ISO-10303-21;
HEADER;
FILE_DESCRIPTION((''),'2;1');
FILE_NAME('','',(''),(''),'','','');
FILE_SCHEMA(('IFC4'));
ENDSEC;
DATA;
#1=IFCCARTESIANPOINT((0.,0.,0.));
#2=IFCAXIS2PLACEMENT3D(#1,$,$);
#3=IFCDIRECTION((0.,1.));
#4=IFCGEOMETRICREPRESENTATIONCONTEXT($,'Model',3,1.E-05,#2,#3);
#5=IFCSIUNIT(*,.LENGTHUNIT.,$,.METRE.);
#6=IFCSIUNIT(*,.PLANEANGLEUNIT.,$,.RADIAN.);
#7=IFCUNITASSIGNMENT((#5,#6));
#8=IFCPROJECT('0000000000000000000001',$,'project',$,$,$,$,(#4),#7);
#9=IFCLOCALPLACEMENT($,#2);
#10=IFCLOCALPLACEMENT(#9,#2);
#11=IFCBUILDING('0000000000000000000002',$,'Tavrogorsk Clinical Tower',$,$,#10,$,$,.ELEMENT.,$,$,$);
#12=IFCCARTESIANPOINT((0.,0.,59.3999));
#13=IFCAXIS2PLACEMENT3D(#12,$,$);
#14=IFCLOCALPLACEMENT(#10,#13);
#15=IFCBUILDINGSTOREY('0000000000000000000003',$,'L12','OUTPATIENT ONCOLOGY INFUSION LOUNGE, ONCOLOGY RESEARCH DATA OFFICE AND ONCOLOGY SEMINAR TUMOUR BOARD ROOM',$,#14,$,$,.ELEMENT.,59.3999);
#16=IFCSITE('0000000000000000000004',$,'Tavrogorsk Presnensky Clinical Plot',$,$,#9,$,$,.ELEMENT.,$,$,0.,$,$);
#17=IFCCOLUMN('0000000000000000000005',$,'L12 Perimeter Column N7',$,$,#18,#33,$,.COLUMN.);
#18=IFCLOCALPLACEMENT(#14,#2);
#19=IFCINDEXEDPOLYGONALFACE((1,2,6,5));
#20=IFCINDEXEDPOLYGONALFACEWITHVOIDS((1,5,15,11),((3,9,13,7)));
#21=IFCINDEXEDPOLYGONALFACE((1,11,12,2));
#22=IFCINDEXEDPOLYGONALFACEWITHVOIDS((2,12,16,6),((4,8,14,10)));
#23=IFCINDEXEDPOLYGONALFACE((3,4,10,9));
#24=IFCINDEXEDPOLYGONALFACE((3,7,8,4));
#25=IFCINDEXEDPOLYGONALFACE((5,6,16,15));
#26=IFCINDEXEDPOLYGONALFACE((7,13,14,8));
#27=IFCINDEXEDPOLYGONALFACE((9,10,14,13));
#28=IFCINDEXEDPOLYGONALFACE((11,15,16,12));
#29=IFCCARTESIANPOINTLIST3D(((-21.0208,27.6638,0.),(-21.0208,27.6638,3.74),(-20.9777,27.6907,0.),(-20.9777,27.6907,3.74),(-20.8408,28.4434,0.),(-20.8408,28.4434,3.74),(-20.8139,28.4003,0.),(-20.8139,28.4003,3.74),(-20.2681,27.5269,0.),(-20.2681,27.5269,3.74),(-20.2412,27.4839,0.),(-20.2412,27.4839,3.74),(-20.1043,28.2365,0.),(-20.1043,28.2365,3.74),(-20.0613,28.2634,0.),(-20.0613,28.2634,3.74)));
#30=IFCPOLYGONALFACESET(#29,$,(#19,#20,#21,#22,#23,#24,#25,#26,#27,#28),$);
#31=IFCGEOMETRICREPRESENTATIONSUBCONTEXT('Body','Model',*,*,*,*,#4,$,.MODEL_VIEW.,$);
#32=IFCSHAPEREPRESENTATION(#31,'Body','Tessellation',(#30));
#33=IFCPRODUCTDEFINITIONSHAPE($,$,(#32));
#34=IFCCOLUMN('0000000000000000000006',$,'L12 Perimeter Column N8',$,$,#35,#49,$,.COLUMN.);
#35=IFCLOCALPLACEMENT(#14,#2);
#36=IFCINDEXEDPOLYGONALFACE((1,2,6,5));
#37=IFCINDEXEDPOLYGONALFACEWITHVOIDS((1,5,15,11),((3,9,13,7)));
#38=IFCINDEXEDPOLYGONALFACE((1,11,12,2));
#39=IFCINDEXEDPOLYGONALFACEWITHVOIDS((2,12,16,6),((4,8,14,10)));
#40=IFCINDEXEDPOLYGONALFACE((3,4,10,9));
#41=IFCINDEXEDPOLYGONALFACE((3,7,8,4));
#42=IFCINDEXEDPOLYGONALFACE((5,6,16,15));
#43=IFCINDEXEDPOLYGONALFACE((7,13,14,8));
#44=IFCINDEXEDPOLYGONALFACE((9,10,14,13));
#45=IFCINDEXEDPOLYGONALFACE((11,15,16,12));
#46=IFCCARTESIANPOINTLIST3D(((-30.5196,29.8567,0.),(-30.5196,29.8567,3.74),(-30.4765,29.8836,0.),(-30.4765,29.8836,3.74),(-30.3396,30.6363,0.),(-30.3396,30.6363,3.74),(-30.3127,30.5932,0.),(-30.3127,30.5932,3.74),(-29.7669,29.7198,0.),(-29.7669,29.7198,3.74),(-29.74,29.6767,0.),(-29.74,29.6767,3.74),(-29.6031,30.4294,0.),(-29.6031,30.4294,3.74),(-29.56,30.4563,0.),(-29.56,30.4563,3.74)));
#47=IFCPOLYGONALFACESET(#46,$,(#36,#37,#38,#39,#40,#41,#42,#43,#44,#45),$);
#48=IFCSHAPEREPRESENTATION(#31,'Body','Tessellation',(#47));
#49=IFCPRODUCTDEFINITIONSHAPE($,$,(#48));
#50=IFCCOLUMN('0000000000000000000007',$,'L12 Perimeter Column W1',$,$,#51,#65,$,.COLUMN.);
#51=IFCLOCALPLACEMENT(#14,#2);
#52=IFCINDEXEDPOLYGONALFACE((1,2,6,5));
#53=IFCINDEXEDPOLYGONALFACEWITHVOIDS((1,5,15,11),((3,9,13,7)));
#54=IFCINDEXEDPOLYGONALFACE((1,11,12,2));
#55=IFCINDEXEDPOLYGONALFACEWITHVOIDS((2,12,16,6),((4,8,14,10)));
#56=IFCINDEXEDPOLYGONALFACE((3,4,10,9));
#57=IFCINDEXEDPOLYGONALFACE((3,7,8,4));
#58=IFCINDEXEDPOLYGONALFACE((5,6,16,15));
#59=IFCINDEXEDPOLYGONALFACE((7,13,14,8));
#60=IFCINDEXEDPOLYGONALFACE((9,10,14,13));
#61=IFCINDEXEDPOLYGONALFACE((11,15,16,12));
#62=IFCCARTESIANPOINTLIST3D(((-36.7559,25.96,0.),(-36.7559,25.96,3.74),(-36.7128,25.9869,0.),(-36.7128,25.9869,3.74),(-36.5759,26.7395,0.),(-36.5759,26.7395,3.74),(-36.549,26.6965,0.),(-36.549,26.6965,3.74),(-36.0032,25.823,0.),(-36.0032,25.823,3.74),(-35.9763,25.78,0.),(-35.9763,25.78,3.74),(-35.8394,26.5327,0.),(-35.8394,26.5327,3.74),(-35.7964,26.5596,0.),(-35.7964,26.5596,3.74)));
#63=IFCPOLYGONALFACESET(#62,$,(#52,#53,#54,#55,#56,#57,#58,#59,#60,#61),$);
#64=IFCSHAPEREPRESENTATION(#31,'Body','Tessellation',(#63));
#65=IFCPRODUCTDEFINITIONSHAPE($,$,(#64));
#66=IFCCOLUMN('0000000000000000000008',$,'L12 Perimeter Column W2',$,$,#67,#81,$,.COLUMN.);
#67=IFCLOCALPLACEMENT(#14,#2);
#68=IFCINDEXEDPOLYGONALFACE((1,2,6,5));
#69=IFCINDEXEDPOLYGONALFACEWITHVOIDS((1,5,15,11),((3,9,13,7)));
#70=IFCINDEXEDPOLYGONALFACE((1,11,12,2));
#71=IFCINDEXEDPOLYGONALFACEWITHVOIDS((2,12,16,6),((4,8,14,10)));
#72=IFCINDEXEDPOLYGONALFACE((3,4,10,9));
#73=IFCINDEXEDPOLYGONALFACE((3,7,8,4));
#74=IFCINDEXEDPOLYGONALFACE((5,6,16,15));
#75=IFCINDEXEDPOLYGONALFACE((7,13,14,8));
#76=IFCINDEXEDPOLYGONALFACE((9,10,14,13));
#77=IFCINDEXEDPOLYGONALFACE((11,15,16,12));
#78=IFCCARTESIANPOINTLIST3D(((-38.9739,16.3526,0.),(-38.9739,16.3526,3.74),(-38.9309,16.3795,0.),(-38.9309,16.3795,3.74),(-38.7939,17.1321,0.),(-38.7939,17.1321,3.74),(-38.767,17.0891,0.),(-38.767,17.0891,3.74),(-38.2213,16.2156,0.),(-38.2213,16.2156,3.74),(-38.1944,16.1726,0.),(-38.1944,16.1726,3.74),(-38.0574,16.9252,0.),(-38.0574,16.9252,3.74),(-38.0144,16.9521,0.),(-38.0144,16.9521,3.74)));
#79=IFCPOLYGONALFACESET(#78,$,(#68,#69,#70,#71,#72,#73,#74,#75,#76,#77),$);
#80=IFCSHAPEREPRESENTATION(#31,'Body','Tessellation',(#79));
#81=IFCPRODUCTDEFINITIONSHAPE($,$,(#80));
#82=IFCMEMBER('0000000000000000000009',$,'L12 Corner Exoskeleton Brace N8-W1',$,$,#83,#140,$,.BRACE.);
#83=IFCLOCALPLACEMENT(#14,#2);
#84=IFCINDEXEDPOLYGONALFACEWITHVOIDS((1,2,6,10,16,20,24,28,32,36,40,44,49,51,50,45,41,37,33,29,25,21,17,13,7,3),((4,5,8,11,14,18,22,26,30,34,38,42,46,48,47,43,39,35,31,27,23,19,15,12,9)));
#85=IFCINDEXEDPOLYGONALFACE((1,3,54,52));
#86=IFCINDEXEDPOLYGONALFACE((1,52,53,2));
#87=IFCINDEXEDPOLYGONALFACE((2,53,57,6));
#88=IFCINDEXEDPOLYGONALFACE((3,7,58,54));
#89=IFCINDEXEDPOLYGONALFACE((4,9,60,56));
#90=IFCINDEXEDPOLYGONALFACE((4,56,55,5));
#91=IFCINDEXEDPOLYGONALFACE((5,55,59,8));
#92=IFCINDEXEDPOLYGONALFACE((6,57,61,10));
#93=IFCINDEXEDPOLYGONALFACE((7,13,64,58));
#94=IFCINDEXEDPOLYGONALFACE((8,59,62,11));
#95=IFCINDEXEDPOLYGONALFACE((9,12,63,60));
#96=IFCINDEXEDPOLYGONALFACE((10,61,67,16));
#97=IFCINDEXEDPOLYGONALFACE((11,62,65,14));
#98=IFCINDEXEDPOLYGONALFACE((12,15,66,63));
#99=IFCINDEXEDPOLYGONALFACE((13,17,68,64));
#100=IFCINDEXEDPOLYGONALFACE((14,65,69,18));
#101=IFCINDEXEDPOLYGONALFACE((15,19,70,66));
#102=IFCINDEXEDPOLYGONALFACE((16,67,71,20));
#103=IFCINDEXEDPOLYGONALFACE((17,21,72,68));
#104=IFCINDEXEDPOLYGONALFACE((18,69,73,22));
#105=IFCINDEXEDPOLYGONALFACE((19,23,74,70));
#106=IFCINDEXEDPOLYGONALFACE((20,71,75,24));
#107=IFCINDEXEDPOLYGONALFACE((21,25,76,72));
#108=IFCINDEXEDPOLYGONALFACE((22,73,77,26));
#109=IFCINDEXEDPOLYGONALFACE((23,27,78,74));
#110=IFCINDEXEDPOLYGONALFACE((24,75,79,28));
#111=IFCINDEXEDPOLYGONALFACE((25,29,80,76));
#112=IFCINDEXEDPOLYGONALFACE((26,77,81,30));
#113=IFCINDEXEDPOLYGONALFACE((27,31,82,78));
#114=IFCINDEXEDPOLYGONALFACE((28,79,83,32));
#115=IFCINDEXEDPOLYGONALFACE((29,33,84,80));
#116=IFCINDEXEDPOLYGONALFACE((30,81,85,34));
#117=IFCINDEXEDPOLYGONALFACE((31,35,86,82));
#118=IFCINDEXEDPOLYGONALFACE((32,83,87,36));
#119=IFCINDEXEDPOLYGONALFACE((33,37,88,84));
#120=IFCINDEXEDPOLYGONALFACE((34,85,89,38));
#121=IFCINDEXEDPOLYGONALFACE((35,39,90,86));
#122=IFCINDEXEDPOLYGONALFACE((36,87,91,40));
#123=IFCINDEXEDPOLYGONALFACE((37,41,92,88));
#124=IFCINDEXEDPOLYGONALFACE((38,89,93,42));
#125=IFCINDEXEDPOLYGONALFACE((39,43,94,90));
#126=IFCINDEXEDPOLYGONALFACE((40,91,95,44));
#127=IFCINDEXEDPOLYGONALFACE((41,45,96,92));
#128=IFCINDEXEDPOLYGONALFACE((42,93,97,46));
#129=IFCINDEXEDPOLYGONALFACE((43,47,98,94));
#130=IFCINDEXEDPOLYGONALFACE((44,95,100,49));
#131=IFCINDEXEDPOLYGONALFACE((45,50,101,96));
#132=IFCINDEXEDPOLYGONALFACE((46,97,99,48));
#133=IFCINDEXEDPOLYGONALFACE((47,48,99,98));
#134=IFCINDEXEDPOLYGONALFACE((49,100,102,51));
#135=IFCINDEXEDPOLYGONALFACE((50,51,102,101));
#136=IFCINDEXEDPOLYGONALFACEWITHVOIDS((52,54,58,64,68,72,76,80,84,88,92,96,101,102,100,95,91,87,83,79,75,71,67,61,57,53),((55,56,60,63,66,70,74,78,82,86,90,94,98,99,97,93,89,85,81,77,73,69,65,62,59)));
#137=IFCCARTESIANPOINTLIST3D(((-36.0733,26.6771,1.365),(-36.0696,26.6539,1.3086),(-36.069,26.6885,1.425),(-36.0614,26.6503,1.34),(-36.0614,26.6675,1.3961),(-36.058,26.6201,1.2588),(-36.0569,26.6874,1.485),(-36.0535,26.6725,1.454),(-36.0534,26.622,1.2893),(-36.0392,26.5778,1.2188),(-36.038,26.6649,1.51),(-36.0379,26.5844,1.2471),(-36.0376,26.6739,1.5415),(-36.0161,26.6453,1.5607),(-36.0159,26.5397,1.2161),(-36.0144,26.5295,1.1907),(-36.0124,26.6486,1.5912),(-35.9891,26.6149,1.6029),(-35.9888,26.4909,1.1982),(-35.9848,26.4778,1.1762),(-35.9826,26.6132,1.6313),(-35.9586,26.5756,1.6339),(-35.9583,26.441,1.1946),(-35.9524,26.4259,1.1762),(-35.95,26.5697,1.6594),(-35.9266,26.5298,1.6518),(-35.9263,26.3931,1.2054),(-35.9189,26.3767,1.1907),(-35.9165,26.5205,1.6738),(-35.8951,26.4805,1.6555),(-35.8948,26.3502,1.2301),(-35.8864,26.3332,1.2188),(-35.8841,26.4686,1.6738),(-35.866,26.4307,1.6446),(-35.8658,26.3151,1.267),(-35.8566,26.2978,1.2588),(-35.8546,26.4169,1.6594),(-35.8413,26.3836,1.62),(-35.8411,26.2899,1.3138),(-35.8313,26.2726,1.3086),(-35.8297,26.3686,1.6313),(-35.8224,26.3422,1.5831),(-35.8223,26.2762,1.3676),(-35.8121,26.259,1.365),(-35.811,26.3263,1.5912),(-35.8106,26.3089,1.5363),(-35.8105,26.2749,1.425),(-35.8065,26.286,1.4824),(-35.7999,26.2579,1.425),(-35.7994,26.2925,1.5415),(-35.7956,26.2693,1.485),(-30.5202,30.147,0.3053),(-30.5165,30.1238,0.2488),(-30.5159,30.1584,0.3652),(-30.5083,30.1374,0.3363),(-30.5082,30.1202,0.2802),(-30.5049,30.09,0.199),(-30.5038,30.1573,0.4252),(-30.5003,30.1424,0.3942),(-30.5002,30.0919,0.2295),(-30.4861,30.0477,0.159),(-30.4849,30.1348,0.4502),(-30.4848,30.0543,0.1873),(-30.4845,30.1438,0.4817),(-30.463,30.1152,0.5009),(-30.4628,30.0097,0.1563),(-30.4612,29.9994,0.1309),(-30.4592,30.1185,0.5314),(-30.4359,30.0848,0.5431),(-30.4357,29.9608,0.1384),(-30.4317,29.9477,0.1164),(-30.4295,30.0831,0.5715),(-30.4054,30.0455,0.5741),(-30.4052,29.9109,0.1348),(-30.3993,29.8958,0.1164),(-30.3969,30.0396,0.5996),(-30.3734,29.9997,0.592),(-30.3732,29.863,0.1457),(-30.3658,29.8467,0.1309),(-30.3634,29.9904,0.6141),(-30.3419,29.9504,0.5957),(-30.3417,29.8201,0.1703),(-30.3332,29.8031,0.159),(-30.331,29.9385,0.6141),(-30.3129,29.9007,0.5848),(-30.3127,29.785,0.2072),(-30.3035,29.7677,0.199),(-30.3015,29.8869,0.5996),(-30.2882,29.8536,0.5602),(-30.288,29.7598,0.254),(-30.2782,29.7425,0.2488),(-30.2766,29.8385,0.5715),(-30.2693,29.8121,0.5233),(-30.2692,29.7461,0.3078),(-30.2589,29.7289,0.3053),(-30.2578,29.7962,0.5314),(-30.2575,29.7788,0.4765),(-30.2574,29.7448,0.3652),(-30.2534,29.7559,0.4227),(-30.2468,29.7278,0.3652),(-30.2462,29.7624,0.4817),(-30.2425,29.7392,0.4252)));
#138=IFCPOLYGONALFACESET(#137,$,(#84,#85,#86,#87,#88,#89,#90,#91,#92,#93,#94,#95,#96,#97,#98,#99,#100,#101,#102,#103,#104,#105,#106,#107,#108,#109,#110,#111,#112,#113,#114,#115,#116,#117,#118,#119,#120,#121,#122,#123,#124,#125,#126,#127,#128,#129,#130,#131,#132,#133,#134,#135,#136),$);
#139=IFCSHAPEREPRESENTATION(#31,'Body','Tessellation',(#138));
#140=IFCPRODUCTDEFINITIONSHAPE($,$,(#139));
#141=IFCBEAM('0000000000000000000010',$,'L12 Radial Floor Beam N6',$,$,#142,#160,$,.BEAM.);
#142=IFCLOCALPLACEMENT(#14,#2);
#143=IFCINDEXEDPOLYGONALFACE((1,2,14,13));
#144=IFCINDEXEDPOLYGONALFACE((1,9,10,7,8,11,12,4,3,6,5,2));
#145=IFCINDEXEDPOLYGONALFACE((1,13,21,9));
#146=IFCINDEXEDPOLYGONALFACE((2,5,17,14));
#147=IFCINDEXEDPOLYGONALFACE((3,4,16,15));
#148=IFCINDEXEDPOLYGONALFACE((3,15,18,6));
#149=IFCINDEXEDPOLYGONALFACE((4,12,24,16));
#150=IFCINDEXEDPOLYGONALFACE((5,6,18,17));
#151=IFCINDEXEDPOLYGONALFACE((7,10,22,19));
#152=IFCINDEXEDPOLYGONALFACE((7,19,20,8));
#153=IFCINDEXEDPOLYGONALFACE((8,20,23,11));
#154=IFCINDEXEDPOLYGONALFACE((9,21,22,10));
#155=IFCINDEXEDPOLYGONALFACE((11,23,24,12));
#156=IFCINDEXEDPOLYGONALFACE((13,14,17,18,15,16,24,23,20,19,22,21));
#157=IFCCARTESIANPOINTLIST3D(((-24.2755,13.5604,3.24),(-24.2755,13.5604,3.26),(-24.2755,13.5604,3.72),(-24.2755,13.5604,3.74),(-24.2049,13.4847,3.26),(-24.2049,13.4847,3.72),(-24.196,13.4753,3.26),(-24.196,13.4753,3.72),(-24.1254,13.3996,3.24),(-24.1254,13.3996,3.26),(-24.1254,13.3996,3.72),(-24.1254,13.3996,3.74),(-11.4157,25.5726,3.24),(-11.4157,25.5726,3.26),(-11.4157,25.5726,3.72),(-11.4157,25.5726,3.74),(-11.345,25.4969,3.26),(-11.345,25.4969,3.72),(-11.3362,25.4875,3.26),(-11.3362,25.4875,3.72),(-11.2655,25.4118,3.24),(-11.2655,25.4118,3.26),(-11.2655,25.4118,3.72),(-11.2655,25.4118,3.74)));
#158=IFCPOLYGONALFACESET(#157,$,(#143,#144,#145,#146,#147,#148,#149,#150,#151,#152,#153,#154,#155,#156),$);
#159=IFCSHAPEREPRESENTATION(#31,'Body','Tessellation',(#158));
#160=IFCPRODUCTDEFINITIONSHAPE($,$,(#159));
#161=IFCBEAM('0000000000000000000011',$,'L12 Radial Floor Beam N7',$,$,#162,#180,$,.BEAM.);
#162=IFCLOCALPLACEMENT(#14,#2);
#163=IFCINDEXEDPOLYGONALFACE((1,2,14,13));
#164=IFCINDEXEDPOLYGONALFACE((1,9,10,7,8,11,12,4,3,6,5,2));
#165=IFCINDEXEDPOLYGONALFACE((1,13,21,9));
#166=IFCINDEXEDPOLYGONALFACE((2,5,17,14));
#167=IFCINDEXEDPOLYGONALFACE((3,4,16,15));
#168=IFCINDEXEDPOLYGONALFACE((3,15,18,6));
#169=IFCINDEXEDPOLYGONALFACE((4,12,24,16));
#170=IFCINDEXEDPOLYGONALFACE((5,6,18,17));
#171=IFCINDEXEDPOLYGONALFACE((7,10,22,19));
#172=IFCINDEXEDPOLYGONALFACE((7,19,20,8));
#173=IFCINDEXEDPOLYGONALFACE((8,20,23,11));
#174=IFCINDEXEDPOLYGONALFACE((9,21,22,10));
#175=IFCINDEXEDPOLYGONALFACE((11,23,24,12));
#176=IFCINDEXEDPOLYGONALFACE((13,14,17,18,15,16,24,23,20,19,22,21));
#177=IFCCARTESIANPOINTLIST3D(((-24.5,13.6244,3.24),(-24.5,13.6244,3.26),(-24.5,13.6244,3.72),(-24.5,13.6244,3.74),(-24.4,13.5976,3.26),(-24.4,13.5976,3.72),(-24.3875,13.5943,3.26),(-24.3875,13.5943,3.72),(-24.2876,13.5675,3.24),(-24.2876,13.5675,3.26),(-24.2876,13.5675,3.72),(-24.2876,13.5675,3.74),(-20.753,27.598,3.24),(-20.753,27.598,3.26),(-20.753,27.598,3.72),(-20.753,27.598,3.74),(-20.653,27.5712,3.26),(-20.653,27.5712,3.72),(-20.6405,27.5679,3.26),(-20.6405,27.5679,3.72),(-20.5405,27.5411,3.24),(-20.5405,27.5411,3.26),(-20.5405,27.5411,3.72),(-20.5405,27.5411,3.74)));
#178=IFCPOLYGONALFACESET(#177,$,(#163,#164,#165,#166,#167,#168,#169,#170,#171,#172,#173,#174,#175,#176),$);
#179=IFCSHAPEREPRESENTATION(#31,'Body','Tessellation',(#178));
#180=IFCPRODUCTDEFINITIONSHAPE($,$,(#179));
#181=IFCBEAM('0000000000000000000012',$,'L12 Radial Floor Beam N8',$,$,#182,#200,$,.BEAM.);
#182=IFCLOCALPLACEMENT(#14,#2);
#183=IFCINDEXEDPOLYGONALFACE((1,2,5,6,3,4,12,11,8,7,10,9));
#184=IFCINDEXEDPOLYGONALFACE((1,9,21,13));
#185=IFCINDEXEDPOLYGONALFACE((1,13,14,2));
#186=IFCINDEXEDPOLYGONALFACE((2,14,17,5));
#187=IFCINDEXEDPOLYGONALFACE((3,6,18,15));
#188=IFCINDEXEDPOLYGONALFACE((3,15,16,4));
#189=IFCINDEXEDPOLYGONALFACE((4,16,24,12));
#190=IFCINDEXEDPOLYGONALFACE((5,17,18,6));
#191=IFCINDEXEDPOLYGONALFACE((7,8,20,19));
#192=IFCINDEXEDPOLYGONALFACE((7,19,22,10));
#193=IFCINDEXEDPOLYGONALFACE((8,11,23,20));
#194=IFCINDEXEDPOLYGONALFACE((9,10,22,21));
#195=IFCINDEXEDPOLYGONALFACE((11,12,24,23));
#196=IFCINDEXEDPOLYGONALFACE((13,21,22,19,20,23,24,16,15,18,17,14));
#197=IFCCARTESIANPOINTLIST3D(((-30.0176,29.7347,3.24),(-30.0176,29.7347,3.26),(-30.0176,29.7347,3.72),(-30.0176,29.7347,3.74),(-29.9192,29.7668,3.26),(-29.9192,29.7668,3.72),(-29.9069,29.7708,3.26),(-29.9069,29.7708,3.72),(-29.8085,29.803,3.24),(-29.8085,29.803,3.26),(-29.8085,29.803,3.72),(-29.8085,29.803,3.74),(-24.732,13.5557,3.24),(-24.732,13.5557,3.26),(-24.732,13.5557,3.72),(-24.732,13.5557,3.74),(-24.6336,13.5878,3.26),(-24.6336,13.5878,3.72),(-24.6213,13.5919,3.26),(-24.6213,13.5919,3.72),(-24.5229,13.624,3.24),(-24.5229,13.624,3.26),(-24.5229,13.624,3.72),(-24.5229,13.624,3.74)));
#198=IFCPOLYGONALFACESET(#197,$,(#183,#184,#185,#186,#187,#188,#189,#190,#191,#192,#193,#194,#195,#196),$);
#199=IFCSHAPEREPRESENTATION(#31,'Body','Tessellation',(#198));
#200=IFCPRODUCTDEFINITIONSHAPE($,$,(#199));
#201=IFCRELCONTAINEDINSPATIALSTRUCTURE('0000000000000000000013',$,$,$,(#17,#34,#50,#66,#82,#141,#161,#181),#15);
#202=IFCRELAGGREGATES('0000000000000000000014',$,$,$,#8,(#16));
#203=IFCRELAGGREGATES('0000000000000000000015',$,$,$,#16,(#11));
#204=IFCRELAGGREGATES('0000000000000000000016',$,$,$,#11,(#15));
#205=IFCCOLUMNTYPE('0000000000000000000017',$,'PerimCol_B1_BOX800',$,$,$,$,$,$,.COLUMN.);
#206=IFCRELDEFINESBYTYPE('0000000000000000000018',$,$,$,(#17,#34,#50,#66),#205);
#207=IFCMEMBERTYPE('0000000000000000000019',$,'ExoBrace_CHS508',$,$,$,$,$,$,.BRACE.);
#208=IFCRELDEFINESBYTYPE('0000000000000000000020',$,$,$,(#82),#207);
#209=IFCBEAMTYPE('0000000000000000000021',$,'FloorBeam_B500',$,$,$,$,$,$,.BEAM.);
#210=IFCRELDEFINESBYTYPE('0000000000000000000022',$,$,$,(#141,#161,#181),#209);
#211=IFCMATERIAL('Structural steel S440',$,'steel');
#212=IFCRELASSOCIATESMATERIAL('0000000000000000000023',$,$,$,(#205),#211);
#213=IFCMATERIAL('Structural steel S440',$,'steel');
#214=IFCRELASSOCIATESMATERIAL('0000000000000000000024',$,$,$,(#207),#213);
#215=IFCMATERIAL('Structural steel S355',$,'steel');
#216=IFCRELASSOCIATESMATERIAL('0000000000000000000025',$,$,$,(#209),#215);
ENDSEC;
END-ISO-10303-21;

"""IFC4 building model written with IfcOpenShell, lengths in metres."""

from ifc_helpers import new_model, si_unit, direction, frame, origin, origin_2d, place, context, subcontext, project, spatial, hollow_rectangle, hollow_circle, i_section, extrude, material, material_profile, profile_set, type_object, element, save


model = new_model("IFC4")

# Units and contexts
model_context = context("Model", 3, precision=1e-05, world=origin(), true_north=direction((0.0, 1.0)))
body_context = subcontext(model_context, "Body", "Model", "MODEL_VIEW")
ifc_project = project(units=[si_unit("LENGTHUNIT", "METRE"), si_unit("PLANEANGLEUNIT", "RADIAN")], contexts=[model_context])

# Site, building, storey
site_placement = place(None, origin())
site = spatial("IfcSite", under=ifc_project, at=site_placement, Name="Tavrogorsk Presnensky Clinical Plot", CompositionType="ELEMENT", RefElevation=0.0)
building_placement = place(site_placement, origin())
building = spatial("IfcBuilding", under=site, at=building_placement, Name="Tavrogorsk Clinical Tower", CompositionType="ELEMENT")
storey_placement = place(building_placement, frame((0.0, 0.0, 59.3999)))
storey = spatial("IfcBuildingStorey", under=building, at=storey_placement, Name="L12", Description="OUTPATIENT ONCOLOGY INFUSION LOUNGE, ONCOLOGY RESEARCH DATA OFFICE AND ONCOLOGY SEMINAR TUMOUR BOARD ROOM", CompositionType="ELEMENT", Elevation=59.3999)

# Columns
ifc_material_1 = material(Name="Structural steel S440", Category="steel")
ifc_material_profile_1 = material_profile(ifc_material_1, hollow_rectangle(XDim=0.8, YDim=0.8, WallThickness=0.0359, at=origin_2d()), Name="BOX-800x800x36")
ifc_profile_set_1 = profile_set([ifc_material_profile_1], Name="Structural steel S440")
column_type = type_object("IfcColumnType", Name="PerimCol_B1_BOX800", PredefinedType="COLUMN", material=ifc_profile_set_1)
for number, where, z_axis, x_axis, name in (
    (1, (-20.541, 27.9636, 0.0), (0.0, 0.0, 1.0), (0.97437, -0.224951, 0.0), "L12 Perimeter Column N7"),
    (2, (-30.0398, 30.1565, 0.0), (0.0, 0.0, 1.0), (0.97437, -0.224951, 0.0), "L12 Perimeter Column N8"),
    (3, (-36.2761, 26.2598, 0.0), (0.0, 0.0, 1.0), (0.97437, -0.224951, 0.0), "L12 Perimeter Column W1"),
    (4, (-38.4941, 16.6523, 0.0), (0.0, 0.0, 1.0), (0.97437, -0.224951, 0.0), "L12 Perimeter Column W2"),
):
    element("IfcColumn", number, at=place(storey_placement, frame(where, z_axis=z_axis, x_axis=x_axis)), inside=storey, type_object=column_type, Name=name, PredefinedType="COLUMN", context=body_context, shape_type="SweptSolid", body=[
        extrude(hollow_rectangle(XDim=0.8, YDim=0.8, WallThickness=0.0359, at=origin_2d()), origin(), (0.0, 0.0, 1.0), 3.74),
    ])

# Member
ifc_material_2 = material(Name="Structural steel S440", Category="steel")
ifc_material_profile_2 = material_profile(ifc_material_2, hollow_circle(Radius=0.2539, WallThickness=0.02, at=origin_2d()), Name="CHS-508x20")
ifc_profile_set_2 = profile_set([ifc_material_profile_2], Name="Structural steel S440")
member_type_1 = type_object("IfcMemberType", Name="ExoBrace_CHS508", PredefinedType="BRACE", material=ifc_profile_set_2)
member_1_placement = place(storey_placement, frame((-30.3813, 29.9431, 0.3652), z_axis=(-0.837159, -0.523105, 0.159769), x_axis=(0.529912, -0.848053, 0.0)))
element("IfcMember", 5, at=member_1_placement, inside=storey, type_object=member_type_1, Name="L12 Corner Exoskeleton Brace N8-W1", PredefinedType="BRACE", context=body_context, shape_type="SweptSolid", body=[
    extrude(hollow_circle(Radius=0.2539, WallThickness=0.02, at=origin_2d()), origin(), (0.0, 0.0, 1.0), 6.6333),
])

# Beams
ifc_material_3 = material(Name="Structural steel S355", Category="steel")
ifc_material_profile_3 = material_profile(ifc_material_3, i_section(OverallWidth=0.22, OverallDepth=0.5, WebThickness=0.0129, FlangeThickness=0.02, at=origin_2d()), Name="B-500x220x13x20")
ifc_profile_set_3 = profile_set([ifc_material_profile_3], Name="Structural steel S355")
beam_type_1 = type_object("IfcBeamType", Name="FloorBeam_B500", PredefinedType="BEAM", material=ifc_profile_set_3)
beam_1_placement = place(storey_placement, frame((-24.2004, 13.48, 3.49), z_axis=(0.730781, 0.682612, 0.0), x_axis=(-0.682612, 0.730781, 0.0)))
element("IfcBeam", 6, at=beam_1_placement, inside=storey, type_object=beam_type_1, Name="L12 Radial Floor Beam N6", PredefinedType="BEAM", context=body_context, shape_type="SweptSolid", body=[
    extrude(i_section(OverallWidth=0.22, OverallDepth=0.5, WebThickness=0.0129, FlangeThickness=0.02, at=origin_2d()), origin(), (0.0, 0.0, 1.0), 17.5974),
])
beam_2_placement = place(storey_placement, frame((-24.3938, 13.5959, 3.49), z_axis=(0.259003, 0.965877, 0.0), x_axis=(-0.965877, 0.259003, 0.0)))
element("IfcBeam", 7, at=beam_2_placement, inside=storey, type_object=beam_type_1, Name="L12 Radial Floor Beam N7", PredefinedType="BEAM", context=body_context, shape_type="SweptSolid", body=[
    extrude(i_section(OverallWidth=0.22, OverallDepth=0.5, WebThickness=0.0129, FlangeThickness=0.02, at=origin_2d()), origin(), (0.0, 0.0, 1.0), 14.4673),
])
beam_3_placement = place(storey_placement, frame((-24.6274, 13.5898, 3.49), z_axis=(-0.310546, 0.950558, 0.0), x_axis=(-0.950558, -0.310546, 0.0)))
element("IfcBeam", 8, at=beam_3_placement, inside=storey, type_object=beam_type_1, Name="L12 Radial Floor Beam N8", PredefinedType="BEAM", context=body_context, shape_type="SweptSolid", body=[
    extrude(i_section(OverallWidth=0.22, OverallDepth=0.5, WebThickness=0.0129, FlangeThickness=0.02, at=origin_2d()), origin(), (0.0, 0.0, 1.0), 17.0205),
])

save(model, "model.ifc")
